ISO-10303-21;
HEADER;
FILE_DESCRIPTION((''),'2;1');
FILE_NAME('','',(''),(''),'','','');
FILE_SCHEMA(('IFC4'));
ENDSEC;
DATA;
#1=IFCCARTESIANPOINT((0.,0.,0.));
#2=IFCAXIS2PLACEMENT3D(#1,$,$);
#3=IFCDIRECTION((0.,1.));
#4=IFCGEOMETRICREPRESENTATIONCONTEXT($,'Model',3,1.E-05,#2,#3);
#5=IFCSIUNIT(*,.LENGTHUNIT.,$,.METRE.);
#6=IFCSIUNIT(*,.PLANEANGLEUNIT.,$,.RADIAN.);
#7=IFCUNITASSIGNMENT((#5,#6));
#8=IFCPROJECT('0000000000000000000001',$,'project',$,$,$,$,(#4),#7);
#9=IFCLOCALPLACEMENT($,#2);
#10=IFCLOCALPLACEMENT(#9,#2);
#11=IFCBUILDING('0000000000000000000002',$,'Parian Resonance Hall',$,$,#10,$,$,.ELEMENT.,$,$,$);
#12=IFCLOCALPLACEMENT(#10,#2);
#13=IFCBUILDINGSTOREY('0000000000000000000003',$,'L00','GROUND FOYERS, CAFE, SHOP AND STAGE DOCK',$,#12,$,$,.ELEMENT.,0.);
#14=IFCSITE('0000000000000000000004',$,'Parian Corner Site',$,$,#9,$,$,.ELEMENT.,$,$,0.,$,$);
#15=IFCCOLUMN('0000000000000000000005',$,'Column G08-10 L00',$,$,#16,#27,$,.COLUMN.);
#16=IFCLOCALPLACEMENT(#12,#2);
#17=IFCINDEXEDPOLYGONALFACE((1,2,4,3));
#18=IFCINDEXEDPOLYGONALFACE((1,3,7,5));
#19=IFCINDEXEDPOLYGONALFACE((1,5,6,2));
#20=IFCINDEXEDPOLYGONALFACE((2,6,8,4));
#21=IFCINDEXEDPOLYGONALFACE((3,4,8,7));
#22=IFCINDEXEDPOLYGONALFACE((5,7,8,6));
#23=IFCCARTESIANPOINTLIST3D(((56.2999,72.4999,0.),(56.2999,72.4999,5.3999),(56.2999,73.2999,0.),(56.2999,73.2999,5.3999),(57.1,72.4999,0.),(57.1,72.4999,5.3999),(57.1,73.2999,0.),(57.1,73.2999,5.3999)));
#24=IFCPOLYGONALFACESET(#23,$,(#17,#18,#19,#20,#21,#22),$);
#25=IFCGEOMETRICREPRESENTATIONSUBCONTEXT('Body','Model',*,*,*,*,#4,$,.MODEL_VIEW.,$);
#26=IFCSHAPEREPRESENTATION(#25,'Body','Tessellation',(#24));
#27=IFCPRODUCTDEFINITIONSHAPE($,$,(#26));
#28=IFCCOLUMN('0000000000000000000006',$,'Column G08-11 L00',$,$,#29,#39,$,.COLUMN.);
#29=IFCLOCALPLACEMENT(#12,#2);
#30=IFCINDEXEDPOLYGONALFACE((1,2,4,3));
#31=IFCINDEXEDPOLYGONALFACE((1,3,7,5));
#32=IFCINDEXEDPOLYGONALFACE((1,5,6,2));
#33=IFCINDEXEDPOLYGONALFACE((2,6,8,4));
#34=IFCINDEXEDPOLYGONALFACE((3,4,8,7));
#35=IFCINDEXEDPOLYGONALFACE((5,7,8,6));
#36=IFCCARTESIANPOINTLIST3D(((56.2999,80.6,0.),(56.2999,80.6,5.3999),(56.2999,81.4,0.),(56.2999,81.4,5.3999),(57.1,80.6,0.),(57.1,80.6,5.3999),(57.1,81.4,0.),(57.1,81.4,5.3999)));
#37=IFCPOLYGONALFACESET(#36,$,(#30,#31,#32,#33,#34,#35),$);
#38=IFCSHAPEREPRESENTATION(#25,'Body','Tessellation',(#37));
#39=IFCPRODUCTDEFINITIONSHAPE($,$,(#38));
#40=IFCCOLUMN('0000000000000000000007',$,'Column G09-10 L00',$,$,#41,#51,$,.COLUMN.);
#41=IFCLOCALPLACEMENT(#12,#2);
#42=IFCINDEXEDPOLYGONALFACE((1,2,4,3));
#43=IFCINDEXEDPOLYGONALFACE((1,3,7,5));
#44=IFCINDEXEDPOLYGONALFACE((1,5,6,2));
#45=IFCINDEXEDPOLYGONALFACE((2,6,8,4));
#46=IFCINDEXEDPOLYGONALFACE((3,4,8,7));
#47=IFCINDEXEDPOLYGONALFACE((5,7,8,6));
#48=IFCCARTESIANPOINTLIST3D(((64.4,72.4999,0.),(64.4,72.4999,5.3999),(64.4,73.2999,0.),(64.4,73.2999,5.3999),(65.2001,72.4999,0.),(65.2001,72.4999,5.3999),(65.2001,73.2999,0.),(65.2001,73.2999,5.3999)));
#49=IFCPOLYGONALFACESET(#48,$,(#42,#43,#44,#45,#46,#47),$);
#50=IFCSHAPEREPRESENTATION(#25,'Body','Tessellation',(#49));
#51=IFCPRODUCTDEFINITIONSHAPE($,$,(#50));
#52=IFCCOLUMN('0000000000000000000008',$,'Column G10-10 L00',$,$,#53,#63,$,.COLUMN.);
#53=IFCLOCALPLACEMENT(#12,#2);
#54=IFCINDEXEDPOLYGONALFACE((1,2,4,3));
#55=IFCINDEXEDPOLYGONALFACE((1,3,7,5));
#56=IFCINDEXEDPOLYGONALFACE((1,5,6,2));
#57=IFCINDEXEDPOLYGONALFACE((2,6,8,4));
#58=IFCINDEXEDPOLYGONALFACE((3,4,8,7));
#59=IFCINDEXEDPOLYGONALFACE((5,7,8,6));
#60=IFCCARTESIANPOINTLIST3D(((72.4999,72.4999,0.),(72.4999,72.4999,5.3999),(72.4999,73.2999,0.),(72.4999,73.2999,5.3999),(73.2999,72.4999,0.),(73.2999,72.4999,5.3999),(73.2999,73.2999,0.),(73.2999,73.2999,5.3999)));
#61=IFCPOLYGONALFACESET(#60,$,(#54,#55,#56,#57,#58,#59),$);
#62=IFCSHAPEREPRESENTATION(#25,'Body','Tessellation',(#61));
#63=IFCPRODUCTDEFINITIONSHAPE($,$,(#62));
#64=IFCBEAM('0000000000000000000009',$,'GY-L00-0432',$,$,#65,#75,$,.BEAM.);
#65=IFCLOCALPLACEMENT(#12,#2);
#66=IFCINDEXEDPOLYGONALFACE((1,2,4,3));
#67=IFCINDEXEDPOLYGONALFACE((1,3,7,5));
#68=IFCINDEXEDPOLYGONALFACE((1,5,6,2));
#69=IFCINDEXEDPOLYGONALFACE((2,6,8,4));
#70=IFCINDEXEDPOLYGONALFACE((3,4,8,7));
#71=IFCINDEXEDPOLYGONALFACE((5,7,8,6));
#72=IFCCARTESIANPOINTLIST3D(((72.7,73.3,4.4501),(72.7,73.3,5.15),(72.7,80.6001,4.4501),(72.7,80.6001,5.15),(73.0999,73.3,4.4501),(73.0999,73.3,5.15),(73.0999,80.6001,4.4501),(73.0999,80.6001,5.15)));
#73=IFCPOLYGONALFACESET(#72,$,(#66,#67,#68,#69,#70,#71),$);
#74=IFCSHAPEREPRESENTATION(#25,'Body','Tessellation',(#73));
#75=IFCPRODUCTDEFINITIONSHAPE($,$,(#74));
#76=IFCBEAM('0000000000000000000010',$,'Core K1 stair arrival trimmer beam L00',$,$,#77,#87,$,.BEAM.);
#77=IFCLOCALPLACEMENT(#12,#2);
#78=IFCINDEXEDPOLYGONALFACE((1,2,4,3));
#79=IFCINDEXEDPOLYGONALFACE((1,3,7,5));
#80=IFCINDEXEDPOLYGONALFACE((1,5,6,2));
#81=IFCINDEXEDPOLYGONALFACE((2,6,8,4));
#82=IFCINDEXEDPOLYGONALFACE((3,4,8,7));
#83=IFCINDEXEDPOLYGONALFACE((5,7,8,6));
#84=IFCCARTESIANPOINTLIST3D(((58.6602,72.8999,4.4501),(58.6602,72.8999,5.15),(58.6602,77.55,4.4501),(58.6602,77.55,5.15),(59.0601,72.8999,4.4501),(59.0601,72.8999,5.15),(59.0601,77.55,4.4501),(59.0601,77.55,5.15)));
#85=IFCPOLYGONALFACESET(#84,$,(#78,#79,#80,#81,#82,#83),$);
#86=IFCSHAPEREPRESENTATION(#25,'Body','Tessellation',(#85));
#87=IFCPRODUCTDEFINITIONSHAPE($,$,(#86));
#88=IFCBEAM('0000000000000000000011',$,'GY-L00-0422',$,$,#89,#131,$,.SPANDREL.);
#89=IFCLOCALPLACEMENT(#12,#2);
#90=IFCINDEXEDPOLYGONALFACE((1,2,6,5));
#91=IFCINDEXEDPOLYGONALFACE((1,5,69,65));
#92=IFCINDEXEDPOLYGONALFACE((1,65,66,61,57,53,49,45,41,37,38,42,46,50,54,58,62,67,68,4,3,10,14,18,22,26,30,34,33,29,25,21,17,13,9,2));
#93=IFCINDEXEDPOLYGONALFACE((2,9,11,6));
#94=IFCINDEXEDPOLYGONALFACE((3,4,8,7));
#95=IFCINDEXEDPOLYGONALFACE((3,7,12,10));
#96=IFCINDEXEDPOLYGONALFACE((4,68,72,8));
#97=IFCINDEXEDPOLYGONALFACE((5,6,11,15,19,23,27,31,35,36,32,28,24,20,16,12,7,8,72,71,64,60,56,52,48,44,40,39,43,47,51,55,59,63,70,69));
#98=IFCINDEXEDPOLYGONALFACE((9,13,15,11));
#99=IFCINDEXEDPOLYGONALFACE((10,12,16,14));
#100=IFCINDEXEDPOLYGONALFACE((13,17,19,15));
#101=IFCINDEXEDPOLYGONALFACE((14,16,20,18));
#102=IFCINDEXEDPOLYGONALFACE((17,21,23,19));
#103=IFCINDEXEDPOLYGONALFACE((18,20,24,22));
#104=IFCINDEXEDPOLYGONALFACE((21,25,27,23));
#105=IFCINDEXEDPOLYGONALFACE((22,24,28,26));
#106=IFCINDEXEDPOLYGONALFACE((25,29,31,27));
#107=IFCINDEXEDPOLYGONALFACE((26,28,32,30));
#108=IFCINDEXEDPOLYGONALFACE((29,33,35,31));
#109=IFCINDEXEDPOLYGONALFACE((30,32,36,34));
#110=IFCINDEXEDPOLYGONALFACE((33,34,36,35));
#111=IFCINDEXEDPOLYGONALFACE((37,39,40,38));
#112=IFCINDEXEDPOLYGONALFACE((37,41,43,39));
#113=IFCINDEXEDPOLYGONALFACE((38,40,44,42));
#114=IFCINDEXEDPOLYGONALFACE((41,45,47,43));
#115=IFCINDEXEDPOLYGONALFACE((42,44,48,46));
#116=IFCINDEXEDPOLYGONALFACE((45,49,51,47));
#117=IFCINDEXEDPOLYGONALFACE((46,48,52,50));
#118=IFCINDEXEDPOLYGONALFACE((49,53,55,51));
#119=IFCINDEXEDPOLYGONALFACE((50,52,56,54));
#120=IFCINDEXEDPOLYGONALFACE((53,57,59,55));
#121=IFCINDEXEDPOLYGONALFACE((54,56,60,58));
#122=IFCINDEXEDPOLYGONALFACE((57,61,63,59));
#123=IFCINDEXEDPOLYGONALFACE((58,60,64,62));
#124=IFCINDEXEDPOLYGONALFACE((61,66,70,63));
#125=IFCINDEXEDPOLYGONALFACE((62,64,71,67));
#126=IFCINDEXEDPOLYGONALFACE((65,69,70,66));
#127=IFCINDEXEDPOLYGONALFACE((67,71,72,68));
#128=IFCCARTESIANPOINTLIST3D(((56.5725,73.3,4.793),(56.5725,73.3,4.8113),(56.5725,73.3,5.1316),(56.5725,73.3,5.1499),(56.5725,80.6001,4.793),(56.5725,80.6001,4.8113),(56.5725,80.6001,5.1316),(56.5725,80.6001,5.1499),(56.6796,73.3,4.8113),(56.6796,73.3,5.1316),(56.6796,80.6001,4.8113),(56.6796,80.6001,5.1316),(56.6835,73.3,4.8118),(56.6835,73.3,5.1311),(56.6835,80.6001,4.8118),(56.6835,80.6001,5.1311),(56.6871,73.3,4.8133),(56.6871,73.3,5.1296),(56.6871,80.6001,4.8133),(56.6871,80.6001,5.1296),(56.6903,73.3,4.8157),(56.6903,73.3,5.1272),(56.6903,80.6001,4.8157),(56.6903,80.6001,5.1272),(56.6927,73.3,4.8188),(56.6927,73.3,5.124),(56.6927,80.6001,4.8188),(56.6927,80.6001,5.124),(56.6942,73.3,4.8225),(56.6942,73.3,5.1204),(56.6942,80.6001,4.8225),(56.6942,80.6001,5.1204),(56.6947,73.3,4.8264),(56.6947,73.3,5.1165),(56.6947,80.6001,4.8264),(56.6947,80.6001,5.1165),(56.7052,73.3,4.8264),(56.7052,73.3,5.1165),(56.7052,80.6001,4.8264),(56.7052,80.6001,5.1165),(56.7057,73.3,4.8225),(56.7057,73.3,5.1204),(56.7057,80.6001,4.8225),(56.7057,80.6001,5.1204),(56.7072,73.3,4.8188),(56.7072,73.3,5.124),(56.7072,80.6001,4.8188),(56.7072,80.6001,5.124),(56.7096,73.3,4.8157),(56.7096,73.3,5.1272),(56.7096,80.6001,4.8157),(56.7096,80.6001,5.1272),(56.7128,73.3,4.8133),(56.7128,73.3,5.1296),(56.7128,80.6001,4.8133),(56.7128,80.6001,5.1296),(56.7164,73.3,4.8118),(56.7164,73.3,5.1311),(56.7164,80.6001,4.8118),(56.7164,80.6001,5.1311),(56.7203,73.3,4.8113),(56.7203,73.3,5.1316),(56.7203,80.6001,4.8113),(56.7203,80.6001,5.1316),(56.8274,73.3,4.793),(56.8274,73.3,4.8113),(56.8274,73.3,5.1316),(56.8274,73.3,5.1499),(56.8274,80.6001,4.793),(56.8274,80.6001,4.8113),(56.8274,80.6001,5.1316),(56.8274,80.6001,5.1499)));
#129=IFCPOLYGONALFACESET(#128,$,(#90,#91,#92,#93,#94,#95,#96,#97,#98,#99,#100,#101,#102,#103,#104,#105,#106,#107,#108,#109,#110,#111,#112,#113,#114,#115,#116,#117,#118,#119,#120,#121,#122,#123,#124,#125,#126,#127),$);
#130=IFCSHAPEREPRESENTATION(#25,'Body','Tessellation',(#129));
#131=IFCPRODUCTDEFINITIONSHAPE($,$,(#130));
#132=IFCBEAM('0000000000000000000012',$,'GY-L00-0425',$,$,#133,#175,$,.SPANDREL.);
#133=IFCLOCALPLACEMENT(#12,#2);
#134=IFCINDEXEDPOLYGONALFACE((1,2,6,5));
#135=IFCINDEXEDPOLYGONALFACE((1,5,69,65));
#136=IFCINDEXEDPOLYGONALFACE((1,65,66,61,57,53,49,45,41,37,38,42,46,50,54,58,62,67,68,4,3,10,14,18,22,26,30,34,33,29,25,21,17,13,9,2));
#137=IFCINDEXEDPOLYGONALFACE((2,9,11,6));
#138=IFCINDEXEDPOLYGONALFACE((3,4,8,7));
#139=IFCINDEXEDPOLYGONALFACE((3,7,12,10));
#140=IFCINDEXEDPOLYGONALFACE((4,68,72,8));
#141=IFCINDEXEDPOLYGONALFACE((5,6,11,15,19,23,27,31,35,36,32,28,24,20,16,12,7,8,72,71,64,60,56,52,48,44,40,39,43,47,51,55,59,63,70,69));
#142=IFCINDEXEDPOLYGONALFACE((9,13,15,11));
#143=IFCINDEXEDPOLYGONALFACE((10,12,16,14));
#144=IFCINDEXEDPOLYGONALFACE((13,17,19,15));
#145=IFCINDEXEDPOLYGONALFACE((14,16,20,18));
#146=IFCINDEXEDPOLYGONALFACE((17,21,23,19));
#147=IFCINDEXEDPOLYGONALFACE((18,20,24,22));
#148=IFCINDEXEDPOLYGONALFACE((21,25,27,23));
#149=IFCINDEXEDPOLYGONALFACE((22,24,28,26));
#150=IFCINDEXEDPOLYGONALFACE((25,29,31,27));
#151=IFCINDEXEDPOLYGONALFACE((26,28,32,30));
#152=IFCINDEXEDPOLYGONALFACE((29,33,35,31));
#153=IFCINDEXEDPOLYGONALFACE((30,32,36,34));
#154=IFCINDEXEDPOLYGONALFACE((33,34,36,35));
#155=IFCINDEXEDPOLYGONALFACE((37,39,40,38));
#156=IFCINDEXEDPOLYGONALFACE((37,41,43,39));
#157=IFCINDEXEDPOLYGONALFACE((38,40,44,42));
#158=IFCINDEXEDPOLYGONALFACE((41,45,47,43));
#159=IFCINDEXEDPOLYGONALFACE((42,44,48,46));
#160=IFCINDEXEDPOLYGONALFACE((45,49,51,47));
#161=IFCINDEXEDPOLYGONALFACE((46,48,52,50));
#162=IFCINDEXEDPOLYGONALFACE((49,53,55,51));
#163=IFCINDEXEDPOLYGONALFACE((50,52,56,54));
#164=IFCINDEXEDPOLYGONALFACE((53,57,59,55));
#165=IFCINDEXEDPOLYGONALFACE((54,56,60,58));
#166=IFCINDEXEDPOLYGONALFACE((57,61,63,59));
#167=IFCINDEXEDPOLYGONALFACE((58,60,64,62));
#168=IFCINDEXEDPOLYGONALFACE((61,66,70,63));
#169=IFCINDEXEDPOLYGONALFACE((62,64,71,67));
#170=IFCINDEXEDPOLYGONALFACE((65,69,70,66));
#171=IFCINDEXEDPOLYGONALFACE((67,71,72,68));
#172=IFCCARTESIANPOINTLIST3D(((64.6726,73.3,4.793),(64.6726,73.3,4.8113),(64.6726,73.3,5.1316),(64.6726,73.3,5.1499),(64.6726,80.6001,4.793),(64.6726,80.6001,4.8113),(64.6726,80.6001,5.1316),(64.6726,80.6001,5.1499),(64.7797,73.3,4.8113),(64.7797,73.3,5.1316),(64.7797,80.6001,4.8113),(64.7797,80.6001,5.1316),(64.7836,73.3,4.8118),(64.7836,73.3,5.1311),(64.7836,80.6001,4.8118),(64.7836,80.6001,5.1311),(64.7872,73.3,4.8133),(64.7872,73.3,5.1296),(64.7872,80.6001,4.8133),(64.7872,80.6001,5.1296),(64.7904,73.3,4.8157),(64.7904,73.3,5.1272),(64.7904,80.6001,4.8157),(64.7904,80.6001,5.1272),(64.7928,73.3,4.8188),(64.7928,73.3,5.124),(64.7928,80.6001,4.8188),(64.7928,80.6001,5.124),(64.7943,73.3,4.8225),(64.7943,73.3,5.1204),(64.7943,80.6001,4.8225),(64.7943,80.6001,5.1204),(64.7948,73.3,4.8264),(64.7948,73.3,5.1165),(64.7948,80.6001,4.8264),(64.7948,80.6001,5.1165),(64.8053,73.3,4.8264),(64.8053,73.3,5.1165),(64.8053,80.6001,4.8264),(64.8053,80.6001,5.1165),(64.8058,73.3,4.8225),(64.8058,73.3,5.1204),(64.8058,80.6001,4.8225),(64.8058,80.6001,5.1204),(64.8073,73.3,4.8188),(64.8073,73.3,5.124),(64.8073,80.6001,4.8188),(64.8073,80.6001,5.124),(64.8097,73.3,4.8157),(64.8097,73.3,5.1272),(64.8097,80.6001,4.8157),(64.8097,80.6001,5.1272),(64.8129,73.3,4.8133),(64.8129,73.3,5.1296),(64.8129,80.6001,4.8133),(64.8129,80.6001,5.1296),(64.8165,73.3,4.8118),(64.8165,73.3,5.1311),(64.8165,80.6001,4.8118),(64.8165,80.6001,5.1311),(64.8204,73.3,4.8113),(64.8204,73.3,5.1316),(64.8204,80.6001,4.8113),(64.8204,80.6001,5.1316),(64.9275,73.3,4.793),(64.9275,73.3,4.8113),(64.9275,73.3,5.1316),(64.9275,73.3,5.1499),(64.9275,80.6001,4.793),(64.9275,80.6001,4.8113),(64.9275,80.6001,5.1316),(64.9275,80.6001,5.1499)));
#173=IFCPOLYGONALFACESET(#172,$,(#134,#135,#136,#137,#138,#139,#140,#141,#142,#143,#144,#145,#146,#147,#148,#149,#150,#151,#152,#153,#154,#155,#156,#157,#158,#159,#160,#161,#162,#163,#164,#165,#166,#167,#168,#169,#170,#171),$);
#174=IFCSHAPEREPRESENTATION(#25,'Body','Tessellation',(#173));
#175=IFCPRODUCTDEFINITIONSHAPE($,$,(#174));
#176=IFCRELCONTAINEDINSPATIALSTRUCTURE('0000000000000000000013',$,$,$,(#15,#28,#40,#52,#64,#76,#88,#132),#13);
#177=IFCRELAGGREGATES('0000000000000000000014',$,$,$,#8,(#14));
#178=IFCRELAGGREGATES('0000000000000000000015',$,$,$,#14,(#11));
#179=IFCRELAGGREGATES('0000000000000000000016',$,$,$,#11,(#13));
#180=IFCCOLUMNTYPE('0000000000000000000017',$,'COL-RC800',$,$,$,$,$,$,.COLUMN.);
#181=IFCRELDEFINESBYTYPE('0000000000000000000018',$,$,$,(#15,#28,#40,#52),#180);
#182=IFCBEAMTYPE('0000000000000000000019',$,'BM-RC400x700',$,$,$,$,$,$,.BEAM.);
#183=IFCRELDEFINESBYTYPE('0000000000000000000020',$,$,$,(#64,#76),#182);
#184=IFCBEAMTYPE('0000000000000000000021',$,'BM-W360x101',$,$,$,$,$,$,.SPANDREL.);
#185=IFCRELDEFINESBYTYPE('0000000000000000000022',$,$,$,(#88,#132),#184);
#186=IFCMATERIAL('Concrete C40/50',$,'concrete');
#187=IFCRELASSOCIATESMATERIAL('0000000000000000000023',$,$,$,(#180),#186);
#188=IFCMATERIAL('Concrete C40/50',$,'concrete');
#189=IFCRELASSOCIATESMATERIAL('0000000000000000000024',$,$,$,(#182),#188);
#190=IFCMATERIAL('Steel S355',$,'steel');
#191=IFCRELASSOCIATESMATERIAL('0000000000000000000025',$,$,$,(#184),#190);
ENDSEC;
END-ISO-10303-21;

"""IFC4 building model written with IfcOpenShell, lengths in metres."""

from ifc_helpers import new_model, si_unit, direction, frame, origin, origin_2d, place, context, subcontext, project, spatial, rectangle, i_section, extrude, material, material_profile, profile_set, type_object, element, save


model = new_model("IFC4")

# Units and contexts
model_context = context("Model", 3, precision=1e-05, world=origin(), true_north=direction((0.0, 1.0)))
body_context = subcontext(model_context, "Body", "Model", "MODEL_VIEW")
ifc_project = project(units=[si_unit("LENGTHUNIT", "METRE"), si_unit("PLANEANGLEUNIT", "RADIAN")], contexts=[model_context])

# Site, building, storey
site_placement = place(None, origin())
site = spatial("IfcSite", under=ifc_project, at=site_placement, Name="Parian Corner Site", CompositionType="ELEMENT", RefElevation=0.0)
building_placement = place(site_placement, origin())
building = spatial("IfcBuilding", under=site, at=building_placement, Name="Parian Resonance Hall", CompositionType="ELEMENT")
storey_placement = place(building_placement, origin())
storey = spatial("IfcBuildingStorey", under=building, at=storey_placement, Name="L00", Description="GROUND FOYERS, CAFE, SHOP AND STAGE DOCK", CompositionType="ELEMENT", Elevation=0.0)

# Columns
ifc_material_1 = material(Name="Concrete C40/50", Category="concrete")
ifc_material_profile_1 = material_profile(ifc_material_1, rectangle(XDim=0.8, YDim=0.8, at=origin_2d()), Name="RC-COL-800x800")
ifc_profile_set_1 = profile_set([ifc_material_profile_1], Name="Concrete C40/50")
column_type = type_object("IfcColumnType", Name="COL-RC800", PredefinedType="COLUMN", material=ifc_profile_set_1)
for number, where, z_axis, x_axis, name in (
    (1, (56.7, 72.8999, 0.0), (0.0, 0.0, 1.0), (1.0, 0.0, 0.0), "Column G08-10 L00"),
    (2, (56.7, 81.0, 0.0), (0.0, 0.0, 1.0), (1.0, 0.0, 0.0), "Column G08-11 L00"),
    (3, (64.8, 72.8999, 0.0), (0.0, 0.0, 1.0), (1.0, 0.0, 0.0), "Column G09-10 L00"),
    (4, (72.8999, 72.8999, 0.0), (0.0, 0.0, 1.0), (1.0, 0.0, 0.0), "Column G10-10 L00"),
):
    element("IfcColumn", number, at=place(storey_placement, frame(where, z_axis=z_axis, x_axis=x_axis)), inside=storey, type_object=column_type, Name=name, PredefinedType="COLUMN", context=body_context, shape_type="SweptSolid", body=[
        extrude(rectangle(XDim=0.8, YDim=0.8, at=origin_2d()), origin(), (0.0, 0.0, 1.0), 5.3999),
    ])

# Beams
ifc_material_2 = material(Name="Concrete C40/50", Category="concrete")
ifc_material_profile_2 = material_profile(ifc_material_2, rectangle(XDim=0.3999, YDim=0.7, at=origin_2d()), Name="RC-BM-400x700")
ifc_profile_set_2 = profile_set([ifc_material_profile_2], Name="Concrete C40/50")
beam_type_1 = type_object("IfcBeamType", Name="BM-RC400x700", PredefinedType="BEAM", material=ifc_profile_set_2)
beam_1_placement = place(storey_placement, frame((72.8999, 73.3, 4.8), z_axis=(0.0, 1.0, 0.0), x_axis=(-1.0, 0.0, 0.0)))
element("IfcBeam", 5, at=beam_1_placement, inside=storey, type_object=beam_type_1, Name="GY-L00-0432", PredefinedType="BEAM", context=body_context, shape_type="SweptSolid", body=[
    extrude(rectangle(XDim=0.3999, YDim=0.7, at=origin_2d()), origin(), (0.0, 0.0, 1.0), 7.3),
])
beam_2_placement = place(storey_placement, frame((58.8601, 72.8999, 4.8), z_axis=(0.0, 1.0, 0.0), x_axis=(-1.0, 0.0, 0.0)))
element("IfcBeam", 6, at=beam_2_placement, inside=storey, type_object=beam_type_1, Name="Core K1 stair arrival trimmer beam L00", PredefinedType="BEAM", context=body_context, shape_type="SweptSolid", body=[
    extrude(rectangle(XDim=0.3999, YDim=0.7, at=origin_2d()), origin(), (0.0, 0.0, 1.0), 4.6501),
])
ifc_material_3 = material(Name="Steel S355", Category="steel")
ifc_material_profile_3 = material_profile(ifc_material_3, i_section(OverallWidth=0.2549, OverallDepth=0.3569, WebThickness=0.0105, FlangeThickness=0.0183, FilletRadius=0.0151, at=origin_2d()), Name="W360x101")
ifc_profile_set_3 = profile_set([ifc_material_profile_3], Name="Steel S355")
beam_type_2 = type_object("IfcBeamType", Name="BM-W360x101", PredefinedType="SPANDREL", material=ifc_profile_set_3)
for number, where, z_axis, x_axis, name in (
    (7, (56.7, 73.3, 4.9714), (0.0, 1.0, 0.0), (-1.0, 0.0, 0.0), "GY-L00-0422"),
    (8, (64.8, 73.3, 4.9714), (0.0, 1.0, 0.0), (-1.0, 0.0, 0.0), "GY-L00-0425"),
):
    element("IfcBeam", number, at=place(storey_placement, frame(where, z_axis=z_axis, x_axis=x_axis)), inside=storey, type_object=beam_type_2, Name=name, PredefinedType="SPANDREL", context=body_context, shape_type="SweptSolid", body=[
        extrude(i_section(OverallWidth=0.2549, OverallDepth=0.3569, WebThickness=0.0105, FlangeThickness=0.0183, FilletRadius=0.0151, at=origin_2d()), origin(), (0.0, 0.0, 1.0), 7.3),
    ])

save(model, "model.ifc")
